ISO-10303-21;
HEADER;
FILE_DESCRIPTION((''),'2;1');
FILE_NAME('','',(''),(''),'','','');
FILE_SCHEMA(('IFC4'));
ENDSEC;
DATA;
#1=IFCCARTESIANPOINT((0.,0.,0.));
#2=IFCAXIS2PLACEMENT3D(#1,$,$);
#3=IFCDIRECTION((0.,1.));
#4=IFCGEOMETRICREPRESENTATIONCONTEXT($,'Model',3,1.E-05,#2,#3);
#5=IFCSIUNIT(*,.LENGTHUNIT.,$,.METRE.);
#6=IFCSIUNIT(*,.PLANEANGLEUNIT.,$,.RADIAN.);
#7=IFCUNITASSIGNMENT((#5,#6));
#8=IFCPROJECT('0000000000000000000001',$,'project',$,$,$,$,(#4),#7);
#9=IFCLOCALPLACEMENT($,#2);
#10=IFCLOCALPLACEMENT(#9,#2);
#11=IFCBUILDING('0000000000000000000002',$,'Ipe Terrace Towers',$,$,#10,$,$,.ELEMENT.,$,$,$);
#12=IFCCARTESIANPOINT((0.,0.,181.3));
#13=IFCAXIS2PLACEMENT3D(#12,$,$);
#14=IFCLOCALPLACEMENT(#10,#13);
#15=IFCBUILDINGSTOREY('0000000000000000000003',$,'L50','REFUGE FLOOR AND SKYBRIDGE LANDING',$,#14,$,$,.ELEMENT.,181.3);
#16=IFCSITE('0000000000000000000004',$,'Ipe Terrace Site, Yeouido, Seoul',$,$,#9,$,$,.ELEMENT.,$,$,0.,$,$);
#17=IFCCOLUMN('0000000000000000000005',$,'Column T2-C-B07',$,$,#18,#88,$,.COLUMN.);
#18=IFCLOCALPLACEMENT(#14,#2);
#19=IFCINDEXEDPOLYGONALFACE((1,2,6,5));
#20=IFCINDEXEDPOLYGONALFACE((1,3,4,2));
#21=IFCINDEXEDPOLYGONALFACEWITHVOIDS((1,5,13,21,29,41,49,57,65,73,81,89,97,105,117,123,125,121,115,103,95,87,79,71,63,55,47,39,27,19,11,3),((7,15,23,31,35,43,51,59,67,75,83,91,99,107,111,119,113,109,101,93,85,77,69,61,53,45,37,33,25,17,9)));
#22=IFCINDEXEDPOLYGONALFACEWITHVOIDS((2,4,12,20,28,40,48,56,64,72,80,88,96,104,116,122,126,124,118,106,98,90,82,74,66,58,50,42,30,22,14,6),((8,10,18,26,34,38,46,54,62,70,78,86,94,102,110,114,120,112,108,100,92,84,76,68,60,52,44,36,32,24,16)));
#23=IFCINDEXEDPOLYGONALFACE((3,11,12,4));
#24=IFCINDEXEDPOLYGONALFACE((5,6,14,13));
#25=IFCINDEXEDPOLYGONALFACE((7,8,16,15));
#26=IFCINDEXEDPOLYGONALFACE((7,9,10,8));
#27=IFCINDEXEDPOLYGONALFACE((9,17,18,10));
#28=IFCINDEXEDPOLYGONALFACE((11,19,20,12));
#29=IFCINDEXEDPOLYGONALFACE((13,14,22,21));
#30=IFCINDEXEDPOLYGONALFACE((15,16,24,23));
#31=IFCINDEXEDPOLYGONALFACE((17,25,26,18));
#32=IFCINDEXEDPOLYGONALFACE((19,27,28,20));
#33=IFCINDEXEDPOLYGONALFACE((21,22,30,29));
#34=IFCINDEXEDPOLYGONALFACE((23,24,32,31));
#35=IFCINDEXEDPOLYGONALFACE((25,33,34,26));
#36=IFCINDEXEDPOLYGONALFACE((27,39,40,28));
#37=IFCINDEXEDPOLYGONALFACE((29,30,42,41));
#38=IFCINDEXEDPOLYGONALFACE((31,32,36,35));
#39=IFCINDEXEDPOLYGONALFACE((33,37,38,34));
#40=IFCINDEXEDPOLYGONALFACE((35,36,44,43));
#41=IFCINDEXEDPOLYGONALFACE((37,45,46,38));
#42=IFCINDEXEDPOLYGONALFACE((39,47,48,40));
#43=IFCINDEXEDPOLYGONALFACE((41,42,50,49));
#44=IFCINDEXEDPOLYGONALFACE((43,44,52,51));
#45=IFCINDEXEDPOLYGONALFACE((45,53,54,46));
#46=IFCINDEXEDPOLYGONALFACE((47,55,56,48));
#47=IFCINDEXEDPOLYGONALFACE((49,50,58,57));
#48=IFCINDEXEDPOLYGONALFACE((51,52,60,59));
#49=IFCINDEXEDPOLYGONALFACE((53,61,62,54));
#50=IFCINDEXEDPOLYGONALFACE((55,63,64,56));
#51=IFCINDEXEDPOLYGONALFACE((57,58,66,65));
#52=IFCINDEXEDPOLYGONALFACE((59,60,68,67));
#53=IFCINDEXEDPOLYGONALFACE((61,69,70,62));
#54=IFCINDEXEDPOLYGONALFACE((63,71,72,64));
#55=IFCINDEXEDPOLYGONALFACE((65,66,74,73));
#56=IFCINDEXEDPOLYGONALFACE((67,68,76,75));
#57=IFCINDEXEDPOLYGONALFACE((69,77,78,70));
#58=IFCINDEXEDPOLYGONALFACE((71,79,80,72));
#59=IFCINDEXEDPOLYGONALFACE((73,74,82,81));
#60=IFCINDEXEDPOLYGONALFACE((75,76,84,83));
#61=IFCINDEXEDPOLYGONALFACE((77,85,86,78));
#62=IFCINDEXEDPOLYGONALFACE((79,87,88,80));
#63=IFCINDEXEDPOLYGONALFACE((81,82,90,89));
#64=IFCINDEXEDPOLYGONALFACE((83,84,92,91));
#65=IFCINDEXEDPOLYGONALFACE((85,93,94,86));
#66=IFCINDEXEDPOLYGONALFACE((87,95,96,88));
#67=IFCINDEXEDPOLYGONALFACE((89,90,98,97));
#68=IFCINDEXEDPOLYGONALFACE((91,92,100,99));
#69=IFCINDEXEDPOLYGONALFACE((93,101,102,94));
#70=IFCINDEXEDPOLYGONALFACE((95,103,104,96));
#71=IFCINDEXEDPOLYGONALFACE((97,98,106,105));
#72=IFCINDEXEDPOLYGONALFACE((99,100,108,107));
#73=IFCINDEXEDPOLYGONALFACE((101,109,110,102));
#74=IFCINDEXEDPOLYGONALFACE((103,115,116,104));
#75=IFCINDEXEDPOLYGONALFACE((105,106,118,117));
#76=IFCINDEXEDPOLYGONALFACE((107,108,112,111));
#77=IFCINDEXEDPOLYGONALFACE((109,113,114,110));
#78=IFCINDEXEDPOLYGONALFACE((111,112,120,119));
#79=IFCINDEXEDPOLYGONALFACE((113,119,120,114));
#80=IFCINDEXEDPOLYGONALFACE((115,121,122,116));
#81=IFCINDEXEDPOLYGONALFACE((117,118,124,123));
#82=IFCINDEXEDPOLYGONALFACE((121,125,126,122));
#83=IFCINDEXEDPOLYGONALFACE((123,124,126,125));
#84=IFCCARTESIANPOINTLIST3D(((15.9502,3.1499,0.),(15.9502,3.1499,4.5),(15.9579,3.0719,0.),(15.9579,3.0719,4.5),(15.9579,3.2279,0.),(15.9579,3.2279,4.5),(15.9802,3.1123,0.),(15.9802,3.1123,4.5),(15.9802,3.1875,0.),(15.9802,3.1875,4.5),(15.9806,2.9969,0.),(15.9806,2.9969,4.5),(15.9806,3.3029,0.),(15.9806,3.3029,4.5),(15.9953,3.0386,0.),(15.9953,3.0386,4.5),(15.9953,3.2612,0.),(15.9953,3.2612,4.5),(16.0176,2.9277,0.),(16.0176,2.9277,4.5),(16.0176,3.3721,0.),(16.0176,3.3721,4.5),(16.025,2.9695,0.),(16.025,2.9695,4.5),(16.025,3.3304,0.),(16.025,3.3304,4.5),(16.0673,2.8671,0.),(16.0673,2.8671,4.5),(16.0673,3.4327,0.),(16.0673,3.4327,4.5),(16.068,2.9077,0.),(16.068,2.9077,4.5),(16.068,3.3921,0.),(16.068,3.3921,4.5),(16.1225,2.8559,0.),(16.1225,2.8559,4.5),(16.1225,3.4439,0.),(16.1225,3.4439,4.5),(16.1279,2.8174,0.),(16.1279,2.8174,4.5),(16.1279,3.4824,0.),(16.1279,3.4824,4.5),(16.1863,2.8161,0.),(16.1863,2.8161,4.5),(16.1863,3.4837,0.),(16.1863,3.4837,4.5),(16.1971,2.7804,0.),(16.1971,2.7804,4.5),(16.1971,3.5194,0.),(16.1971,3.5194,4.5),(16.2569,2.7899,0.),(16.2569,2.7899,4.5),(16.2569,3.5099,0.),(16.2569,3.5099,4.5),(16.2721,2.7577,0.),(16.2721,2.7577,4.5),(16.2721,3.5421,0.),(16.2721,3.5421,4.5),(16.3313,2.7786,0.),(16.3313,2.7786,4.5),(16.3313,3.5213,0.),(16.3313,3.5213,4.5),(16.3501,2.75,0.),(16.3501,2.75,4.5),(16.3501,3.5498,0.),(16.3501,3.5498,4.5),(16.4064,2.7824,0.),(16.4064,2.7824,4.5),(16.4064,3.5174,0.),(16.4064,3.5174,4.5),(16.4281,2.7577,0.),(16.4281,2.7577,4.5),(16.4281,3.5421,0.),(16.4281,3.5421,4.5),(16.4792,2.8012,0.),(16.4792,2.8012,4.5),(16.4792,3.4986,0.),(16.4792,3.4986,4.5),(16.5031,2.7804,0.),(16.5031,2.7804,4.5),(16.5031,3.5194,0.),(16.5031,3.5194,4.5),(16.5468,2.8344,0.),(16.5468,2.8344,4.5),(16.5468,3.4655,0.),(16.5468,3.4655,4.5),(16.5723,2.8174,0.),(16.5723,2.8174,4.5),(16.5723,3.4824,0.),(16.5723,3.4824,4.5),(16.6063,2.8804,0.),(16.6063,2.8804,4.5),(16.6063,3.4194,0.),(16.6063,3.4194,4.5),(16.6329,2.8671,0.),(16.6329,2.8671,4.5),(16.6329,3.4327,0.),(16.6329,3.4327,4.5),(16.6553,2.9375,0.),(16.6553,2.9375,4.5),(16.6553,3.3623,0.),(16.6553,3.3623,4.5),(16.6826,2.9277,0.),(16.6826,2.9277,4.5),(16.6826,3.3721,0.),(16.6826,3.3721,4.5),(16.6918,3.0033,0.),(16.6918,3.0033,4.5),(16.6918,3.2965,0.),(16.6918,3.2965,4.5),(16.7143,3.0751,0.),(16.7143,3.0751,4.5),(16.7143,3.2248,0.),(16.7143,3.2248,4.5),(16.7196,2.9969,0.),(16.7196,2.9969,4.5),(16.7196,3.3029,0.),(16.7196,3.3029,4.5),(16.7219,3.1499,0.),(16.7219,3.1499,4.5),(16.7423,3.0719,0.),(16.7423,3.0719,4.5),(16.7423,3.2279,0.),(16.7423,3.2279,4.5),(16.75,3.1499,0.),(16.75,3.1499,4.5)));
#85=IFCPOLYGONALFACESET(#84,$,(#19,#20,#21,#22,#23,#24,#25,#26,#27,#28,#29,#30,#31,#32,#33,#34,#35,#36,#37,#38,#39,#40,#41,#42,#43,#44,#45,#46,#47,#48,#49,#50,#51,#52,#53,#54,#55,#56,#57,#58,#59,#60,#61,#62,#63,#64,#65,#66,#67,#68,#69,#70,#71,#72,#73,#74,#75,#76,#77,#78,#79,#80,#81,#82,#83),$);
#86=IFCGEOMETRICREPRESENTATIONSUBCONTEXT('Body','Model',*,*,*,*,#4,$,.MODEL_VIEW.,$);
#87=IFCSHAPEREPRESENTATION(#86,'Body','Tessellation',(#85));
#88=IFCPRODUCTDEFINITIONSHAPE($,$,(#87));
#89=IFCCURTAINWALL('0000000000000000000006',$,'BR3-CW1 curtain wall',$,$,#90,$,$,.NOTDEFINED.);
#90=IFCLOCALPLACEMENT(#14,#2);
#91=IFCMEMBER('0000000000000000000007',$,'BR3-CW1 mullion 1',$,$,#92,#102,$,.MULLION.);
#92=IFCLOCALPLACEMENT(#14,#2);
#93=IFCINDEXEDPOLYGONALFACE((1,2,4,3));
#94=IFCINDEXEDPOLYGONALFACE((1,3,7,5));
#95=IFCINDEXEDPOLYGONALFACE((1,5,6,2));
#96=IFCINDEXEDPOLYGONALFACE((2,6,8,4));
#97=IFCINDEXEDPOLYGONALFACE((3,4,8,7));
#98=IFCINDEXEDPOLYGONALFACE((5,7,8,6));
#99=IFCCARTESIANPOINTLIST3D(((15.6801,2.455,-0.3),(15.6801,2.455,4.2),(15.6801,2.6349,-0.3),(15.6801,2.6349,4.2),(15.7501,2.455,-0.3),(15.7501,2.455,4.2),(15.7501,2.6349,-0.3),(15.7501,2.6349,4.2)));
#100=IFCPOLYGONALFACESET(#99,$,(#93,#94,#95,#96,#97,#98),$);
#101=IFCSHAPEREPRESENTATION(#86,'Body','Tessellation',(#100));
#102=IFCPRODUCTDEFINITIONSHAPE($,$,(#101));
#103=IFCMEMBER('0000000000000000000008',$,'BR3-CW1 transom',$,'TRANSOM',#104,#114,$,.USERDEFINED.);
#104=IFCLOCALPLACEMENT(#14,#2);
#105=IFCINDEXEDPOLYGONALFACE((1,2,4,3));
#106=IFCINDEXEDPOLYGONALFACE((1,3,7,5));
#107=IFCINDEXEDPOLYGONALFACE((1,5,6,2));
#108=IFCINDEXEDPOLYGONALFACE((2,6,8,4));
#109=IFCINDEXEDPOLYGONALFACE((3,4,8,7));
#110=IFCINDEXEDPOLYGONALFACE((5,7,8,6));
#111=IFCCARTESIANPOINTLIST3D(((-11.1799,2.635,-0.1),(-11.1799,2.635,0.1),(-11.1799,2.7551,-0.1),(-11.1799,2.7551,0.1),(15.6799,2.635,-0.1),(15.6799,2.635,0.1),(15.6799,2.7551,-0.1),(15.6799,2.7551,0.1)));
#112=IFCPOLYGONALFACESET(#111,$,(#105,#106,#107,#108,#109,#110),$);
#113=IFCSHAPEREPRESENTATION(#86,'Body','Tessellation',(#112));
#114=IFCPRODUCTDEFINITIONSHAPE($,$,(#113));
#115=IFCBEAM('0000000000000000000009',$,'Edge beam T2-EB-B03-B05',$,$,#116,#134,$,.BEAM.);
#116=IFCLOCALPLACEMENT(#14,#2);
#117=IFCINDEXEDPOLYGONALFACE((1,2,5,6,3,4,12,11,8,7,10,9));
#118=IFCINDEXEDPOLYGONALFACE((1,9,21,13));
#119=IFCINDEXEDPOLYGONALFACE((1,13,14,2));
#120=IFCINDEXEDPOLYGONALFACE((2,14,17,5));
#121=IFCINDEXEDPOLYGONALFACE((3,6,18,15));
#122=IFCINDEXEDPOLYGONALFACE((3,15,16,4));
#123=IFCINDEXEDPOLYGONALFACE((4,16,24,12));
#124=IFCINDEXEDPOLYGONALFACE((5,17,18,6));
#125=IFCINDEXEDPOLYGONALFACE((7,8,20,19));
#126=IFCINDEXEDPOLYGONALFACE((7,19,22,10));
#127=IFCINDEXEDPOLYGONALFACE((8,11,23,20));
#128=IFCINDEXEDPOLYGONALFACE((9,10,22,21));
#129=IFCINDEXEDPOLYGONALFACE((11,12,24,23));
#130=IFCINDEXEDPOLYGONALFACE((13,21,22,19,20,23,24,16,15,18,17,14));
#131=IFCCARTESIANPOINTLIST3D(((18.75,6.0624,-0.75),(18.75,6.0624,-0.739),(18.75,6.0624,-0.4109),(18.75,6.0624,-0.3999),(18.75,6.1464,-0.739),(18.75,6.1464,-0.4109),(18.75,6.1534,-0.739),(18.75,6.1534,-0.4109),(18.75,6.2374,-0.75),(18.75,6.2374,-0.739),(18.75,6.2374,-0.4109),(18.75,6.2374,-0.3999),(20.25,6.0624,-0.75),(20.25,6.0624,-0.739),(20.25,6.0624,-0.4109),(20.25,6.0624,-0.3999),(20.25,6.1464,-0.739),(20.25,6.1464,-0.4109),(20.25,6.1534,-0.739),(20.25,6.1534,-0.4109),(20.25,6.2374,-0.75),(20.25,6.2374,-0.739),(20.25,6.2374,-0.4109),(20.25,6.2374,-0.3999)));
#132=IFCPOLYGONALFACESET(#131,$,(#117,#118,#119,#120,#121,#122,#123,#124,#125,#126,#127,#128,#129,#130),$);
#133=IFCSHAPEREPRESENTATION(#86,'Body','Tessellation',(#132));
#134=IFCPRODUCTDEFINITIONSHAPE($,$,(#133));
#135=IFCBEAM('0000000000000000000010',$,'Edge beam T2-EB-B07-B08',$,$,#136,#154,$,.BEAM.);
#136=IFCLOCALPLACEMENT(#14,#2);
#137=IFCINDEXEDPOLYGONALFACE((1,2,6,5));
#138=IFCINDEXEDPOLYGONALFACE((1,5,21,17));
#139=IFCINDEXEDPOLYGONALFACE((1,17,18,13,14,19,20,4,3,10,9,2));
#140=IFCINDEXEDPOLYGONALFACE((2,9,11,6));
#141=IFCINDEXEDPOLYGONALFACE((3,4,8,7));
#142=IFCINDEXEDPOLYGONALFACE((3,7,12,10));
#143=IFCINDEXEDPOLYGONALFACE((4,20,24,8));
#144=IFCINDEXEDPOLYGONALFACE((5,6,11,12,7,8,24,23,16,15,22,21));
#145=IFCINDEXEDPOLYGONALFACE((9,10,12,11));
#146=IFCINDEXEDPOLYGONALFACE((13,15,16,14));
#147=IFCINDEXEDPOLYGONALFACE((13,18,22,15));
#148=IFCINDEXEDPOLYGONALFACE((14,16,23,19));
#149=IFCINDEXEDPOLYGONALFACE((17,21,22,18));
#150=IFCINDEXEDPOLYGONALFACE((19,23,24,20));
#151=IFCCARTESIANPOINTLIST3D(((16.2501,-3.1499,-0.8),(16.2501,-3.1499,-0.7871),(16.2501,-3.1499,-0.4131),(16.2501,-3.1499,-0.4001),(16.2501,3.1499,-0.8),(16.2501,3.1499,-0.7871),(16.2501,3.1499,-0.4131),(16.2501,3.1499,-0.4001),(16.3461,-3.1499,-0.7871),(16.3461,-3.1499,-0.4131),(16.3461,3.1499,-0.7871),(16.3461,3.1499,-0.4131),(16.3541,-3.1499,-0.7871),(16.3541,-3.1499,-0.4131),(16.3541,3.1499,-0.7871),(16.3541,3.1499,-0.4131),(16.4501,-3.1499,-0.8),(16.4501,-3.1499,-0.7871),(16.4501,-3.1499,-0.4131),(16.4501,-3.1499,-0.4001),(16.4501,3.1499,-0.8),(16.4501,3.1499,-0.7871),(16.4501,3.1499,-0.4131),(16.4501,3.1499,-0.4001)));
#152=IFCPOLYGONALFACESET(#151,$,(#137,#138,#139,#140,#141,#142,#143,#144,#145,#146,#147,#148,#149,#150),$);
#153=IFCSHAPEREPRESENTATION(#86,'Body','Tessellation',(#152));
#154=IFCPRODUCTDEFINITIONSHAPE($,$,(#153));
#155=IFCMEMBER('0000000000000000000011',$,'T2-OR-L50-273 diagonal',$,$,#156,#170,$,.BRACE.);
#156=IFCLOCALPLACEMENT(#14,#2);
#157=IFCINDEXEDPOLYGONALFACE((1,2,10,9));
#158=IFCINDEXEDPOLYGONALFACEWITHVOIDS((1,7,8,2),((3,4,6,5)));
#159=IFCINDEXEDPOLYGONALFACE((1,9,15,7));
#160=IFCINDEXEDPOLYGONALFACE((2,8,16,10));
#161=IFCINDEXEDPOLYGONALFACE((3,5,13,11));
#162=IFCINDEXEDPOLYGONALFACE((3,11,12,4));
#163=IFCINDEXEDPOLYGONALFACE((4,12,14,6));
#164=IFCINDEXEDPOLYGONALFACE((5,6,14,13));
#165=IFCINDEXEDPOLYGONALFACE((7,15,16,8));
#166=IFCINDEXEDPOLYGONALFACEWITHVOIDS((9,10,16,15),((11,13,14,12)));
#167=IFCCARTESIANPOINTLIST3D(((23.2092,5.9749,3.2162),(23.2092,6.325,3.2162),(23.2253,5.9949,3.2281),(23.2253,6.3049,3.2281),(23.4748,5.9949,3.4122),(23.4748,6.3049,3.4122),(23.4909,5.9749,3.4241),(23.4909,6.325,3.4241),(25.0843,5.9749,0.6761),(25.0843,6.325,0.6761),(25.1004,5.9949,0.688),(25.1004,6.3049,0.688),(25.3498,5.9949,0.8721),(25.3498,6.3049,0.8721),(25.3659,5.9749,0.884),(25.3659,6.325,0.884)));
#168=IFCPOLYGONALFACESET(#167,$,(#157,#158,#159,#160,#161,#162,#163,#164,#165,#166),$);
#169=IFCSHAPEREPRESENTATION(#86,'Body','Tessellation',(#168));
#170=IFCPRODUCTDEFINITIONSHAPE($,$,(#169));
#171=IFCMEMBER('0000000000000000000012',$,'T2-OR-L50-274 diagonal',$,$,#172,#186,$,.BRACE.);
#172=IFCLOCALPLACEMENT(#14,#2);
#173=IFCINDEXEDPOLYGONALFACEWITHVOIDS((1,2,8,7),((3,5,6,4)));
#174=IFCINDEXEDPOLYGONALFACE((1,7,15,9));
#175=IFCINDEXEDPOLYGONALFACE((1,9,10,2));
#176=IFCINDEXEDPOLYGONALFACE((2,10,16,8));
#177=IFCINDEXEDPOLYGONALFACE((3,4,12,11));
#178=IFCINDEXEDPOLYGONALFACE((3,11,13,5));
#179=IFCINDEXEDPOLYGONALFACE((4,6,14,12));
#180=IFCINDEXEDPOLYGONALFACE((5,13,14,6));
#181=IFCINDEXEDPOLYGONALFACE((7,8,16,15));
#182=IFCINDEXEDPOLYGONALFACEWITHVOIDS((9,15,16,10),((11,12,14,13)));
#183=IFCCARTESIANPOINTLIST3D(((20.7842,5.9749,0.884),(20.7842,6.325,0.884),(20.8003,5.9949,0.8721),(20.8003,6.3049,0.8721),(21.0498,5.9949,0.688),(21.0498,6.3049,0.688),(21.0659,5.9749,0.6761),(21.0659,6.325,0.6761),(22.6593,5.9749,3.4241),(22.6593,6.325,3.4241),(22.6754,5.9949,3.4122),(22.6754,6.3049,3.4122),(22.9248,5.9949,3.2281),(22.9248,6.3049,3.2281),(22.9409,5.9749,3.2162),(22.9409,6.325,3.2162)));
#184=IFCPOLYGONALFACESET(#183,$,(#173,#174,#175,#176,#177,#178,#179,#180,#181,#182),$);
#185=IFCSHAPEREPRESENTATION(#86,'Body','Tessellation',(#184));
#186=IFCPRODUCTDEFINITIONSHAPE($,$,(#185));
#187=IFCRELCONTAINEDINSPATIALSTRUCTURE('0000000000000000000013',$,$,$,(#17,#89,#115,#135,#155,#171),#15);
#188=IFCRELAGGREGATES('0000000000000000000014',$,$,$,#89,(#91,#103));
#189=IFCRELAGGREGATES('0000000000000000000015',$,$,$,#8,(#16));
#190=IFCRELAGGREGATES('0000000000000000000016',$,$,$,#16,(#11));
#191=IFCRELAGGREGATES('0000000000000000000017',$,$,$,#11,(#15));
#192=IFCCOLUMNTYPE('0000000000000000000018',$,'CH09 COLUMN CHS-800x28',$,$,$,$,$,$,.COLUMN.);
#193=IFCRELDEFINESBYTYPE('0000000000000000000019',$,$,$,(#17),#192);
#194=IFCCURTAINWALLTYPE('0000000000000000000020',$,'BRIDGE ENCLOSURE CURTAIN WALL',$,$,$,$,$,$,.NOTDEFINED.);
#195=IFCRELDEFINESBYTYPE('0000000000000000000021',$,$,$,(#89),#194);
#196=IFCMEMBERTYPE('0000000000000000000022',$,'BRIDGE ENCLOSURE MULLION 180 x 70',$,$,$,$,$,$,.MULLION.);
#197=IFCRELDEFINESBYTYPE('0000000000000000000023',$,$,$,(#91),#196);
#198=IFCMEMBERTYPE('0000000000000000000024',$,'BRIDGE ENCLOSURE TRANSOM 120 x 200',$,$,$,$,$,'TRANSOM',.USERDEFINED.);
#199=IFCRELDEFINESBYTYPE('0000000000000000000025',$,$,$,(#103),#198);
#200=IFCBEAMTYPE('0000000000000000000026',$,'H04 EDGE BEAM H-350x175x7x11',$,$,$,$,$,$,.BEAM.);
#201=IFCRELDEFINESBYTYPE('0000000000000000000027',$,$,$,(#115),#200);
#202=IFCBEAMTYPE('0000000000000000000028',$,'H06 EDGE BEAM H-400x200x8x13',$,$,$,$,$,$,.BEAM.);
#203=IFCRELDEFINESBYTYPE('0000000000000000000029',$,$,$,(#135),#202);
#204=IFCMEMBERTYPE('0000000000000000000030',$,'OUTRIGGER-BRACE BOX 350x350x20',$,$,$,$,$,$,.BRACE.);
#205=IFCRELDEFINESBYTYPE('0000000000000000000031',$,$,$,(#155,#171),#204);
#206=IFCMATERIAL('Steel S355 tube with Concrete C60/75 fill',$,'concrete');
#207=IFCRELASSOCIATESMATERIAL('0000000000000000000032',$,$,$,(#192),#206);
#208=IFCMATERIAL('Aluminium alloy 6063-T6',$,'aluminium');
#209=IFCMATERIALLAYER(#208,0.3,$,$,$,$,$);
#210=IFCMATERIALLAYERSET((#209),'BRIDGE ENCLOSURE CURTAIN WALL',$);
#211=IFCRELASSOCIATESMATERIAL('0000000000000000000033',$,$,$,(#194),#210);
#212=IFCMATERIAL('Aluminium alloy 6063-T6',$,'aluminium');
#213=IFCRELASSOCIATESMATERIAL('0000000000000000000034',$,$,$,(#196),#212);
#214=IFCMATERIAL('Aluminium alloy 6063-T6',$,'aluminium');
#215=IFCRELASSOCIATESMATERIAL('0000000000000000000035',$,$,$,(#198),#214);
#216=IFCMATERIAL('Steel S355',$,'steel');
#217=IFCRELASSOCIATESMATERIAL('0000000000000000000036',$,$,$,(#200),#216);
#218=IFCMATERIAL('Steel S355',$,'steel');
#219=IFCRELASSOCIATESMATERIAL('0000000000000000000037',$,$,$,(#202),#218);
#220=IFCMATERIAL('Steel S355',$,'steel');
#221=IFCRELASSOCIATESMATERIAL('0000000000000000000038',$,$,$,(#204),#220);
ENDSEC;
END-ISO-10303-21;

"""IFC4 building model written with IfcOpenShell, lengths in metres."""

from ifc_helpers import new_model, si_unit, direction, frame, origin, origin_2d, place, context, subcontext, project, spatial, rectangle, hollow_rectangle, hollow_circle, i_section, extrude, material, layer, layer_set, material_profile, profile_set, type_object, element, aggregate, save


model = new_model("IFC4")

# Units and contexts
model_context = context("Model", 3, precision=1e-05, world=origin(), true_north=direction((0.0, 1.0)))
body_context = subcontext(model_context, "Body", "Model", "MODEL_VIEW")
ifc_project = project(units=[si_unit("LENGTHUNIT", "METRE"), si_unit("PLANEANGLEUNIT", "RADIAN")], contexts=[model_context])

# Site, building, storey
site_placement = place(None, origin())
site = spatial("IfcSite", under=ifc_project, at=site_placement, Name="Ipe Terrace Site, Yeouido, Seoul", CompositionType="ELEMENT", RefElevation=0.0)
building_placement = place(site_placement, origin())
building = spatial("IfcBuilding", under=site, at=building_placement, Name="Ipe Terrace Towers", CompositionType="ELEMENT")
storey_placement = place(building_placement, frame((0.0, 0.0, 181.3)))
storey = spatial("IfcBuildingStorey", under=building, at=storey_placement, Name="L50", Description="REFUGE FLOOR AND SKYBRIDGE LANDING", CompositionType="ELEMENT", Elevation=181.3)

# Column
ifc_material_1 = material(Name="Steel S355 tube with Concrete C60/75 fill", Category="concrete")
ifc_material_profile_1 = material_profile(ifc_material_1, hollow_circle(Radius=0.3999, WallThickness=0.0281, at=origin_2d()), Name="CHS-800x28")
ifc_profile_set_1 = profile_set([ifc_material_profile_1], Name="Steel S355 tube with Concrete C60/75 fill")
column_type = type_object("IfcColumnType", Name="CH09 COLUMN CHS-800x28", PredefinedType="COLUMN", material=ifc_profile_set_1)
for number, where, z_axis, x_axis, name in (
    (1, (16.3501, 3.1499, 0.0), (0.0, 0.0, 1.0), (1.0, 0.0, 0.0), "Column T2-C-B07"),
):
    element("IfcColumn", number, at=place(storey_placement, frame(where, z_axis=z_axis, x_axis=x_axis)), inside=storey, type_object=column_type, Name=name, PredefinedType="COLUMN", context=body_context, shape_type="SweptSolid", body=[
        extrude(hollow_circle(Radius=0.3999, WallThickness=0.0281, at=origin_2d()), origin(), (0.0, 0.0, 1.0), 4.5),
    ])

# Curtain wall, members
ifc_material_2 = material(Name="Aluminium alloy 6063-T6", Category="aluminium")
ifc_layer_1 = layer(ifc_material_2, 0.3)
ifc_layer_set_1 = layer_set([ifc_layer_1], Name="BRIDGE ENCLOSURE CURTAIN WALL")
curtain_wall_type_1 = type_object("IfcCurtainWallType", Name="BRIDGE ENCLOSURE CURTAIN WALL", PredefinedType="NOTDEFINED", material=ifc_layer_set_1)
curtain_wall_1_placement = place(storey_placement, origin())
curtain_wall_1 = element("IfcCurtainWall", 2, at=curtain_wall_1_placement, inside=storey, type_object=curtain_wall_type_1, Name="BR3-CW1 curtain wall", PredefinedType="NOTDEFINED")
ifc_material_3 = material(Name="Aluminium alloy 6063-T6", Category="aluminium")
ifc_material_profile_2 = material_profile(ifc_material_3, rectangle(XDim=0.1799, YDim=0.0701, at=origin_2d()), Name="BRIDGE ENCLOSURE MULLION 180 x 70")
ifc_profile_set_2 = profile_set([ifc_material_profile_2], Name="Aluminium alloy 6063-T6")
member_type_1 = type_object("IfcMemberType", Name="BRIDGE ENCLOSURE MULLION 180 x 70", PredefinedType="MULLION", material=ifc_profile_set_2)
member_1_placement = place(storey_placement, frame((15.7151, 2.5449, -0.3), z_axis=(0.0, 0.0, 1.0), x_axis=(0.0, 1.0, 0.0)))
member_1 = element("IfcMember", 3, at=member_1_placement, type_object=member_type_1, Name="BR3-CW1 mullion 1", PredefinedType="MULLION", context=body_context, shape_type="SweptSolid", body=[
    extrude(rectangle(XDim=0.1799, YDim=0.0701, at=origin_2d()), origin(), (0.0, 0.0, 1.0), 4.5),
])
ifc_material_4 = material(Name="Aluminium alloy 6063-T6", Category="aluminium")
ifc_material_profile_3 = material_profile(ifc_material_4, rectangle(XDim=0.1201, YDim=0.2, at=origin_2d()), Name="BRIDGE ENCLOSURE TRANSOM 120 x 200")
ifc_profile_set_3 = profile_set([ifc_material_profile_3], Name="Aluminium alloy 6063-T6")
member_type_2 = type_object("IfcMemberType", Name="BRIDGE ENCLOSURE TRANSOM 120 x 200", ElementType="TRANSOM", PredefinedType="USERDEFINED", material=ifc_profile_set_3)
member_2_placement = place(storey_placement, frame((15.6799, 2.6951, 0.0), z_axis=(-1.0, 0.0, 0.0), x_axis=(0.0, 1.0, 0.0)))
member_2 = element("IfcMember", 4, at=member_2_placement, type_object=member_type_2, Name="BR3-CW1 transom", ObjectType="TRANSOM", PredefinedType="USERDEFINED", context=body_context, shape_type="SweptSolid", body=[
    extrude(rectangle(XDim=0.1201, YDim=0.2, at=origin_2d()), origin(), (0.0, 0.0, 1.0), 26.8599),
])
aggregate(curtain_wall_1, [member_1, member_2])

# Beams
ifc_material_5 = material(Name="Steel S355", Category="steel")
ifc_material_profile_4 = material_profile(ifc_material_5, i_section(OverallWidth=0.175, OverallDepth=0.3501, WebThickness=0.0071, FlangeThickness=0.011, at=origin_2d()), Name="H-350x175x7x11")
ifc_profile_set_4 = profile_set([ifc_material_profile_4], Name="Steel S355")
beam_type_1 = type_object("IfcBeamType", Name="H04 EDGE BEAM H-350x175x7x11", PredefinedType="BEAM", material=ifc_profile_set_4)
beam_1_placement = place(storey_placement, frame((20.25, 6.1499, -0.575), z_axis=(-1.0, 0.0, 0.0), x_axis=(0.0, -1.0, 0.0)))
element("IfcBeam", 5, at=beam_1_placement, inside=storey, type_object=beam_type_1, Name="Edge beam T2-EB-B03-B05", PredefinedType="BEAM", context=body_context, shape_type="SweptSolid", body=[
    extrude(i_section(OverallWidth=0.175, OverallDepth=0.3501, WebThickness=0.0071, FlangeThickness=0.011, at=origin_2d()), origin(), (0.0, 0.0, 1.0), 1.5),
])
ifc_material_6 = material(Name="Steel S355", Category="steel")
ifc_material_profile_5 = material_profile(ifc_material_6, i_section(OverallWidth=0.2, OverallDepth=0.3999, WebThickness=0.0081, FlangeThickness=0.0129, at=origin_2d()), Name="H-400x200x8x13")
ifc_profile_set_5 = profile_set([ifc_material_profile_5], Name="Steel S355")
beam_type_2 = type_object("IfcBeamType", Name="H06 EDGE BEAM H-400x200x8x13", PredefinedType="BEAM", material=ifc_profile_set_5)
beam_2_placement = place(storey_placement, frame((16.3501, 3.1499, -0.6001), z_axis=(0.0, -1.0, 0.0), x_axis=(1.0, 0.0, 0.0)))
element("IfcBeam", 6, at=beam_2_placement, inside=storey, type_object=beam_type_2, Name="Edge beam T2-EB-B07-B08", PredefinedType="BEAM", context=body_context, shape_type="SweptSolid", body=[
    extrude(i_section(OverallWidth=0.2, OverallDepth=0.3999, WebThickness=0.0081, FlangeThickness=0.0129, at=origin_2d()), origin(), (0.0, 0.0, 1.0), 6.2998),
])

# Members
ifc_material_7 = material(Name="Steel S355", Category="steel")
ifc_material_profile_6 = material_profile(ifc_material_7, hollow_rectangle(XDim=0.3501, YDim=0.3501, WallThickness=0.02, at=origin_2d()), Name="OUTRIGGER-BRACE BOX 350x350x20")
ifc_profile_set_6 = profile_set([ifc_material_profile_6], Name="Steel S355")
member_type_3 = type_object("IfcMemberType", Name="OUTRIGGER-BRACE BOX 350x350x20", PredefinedType="BRACE", material=ifc_profile_set_6)
for number, where, z_axis, x_axis, name in (
    (7, (25.2251, 6.1499, 0.78), (-0.593895, 0.0, 0.804542), (0.0, -1.0, 0.0), "T2-OR-L50-273 diagonal"),
    (8, (20.925, 6.1499, 0.78), (0.593895, 0.0, 0.804542), (0.0, 1.0, 0.0), "T2-OR-L50-274 diagonal"),
):
    element("IfcMember", number, at=place(storey_placement, frame(where, z_axis=z_axis, x_axis=x_axis)), inside=storey, type_object=member_type_3, Name=name, PredefinedType="BRACE", context=body_context, shape_type="SweptSolid", body=[
        extrude(hollow_rectangle(XDim=0.3501, YDim=0.3501, WallThickness=0.02, at=origin_2d()), origin(), (0.0, 0.0, 1.0), 3.1572),
    ])

save(model, "model.ifc")
